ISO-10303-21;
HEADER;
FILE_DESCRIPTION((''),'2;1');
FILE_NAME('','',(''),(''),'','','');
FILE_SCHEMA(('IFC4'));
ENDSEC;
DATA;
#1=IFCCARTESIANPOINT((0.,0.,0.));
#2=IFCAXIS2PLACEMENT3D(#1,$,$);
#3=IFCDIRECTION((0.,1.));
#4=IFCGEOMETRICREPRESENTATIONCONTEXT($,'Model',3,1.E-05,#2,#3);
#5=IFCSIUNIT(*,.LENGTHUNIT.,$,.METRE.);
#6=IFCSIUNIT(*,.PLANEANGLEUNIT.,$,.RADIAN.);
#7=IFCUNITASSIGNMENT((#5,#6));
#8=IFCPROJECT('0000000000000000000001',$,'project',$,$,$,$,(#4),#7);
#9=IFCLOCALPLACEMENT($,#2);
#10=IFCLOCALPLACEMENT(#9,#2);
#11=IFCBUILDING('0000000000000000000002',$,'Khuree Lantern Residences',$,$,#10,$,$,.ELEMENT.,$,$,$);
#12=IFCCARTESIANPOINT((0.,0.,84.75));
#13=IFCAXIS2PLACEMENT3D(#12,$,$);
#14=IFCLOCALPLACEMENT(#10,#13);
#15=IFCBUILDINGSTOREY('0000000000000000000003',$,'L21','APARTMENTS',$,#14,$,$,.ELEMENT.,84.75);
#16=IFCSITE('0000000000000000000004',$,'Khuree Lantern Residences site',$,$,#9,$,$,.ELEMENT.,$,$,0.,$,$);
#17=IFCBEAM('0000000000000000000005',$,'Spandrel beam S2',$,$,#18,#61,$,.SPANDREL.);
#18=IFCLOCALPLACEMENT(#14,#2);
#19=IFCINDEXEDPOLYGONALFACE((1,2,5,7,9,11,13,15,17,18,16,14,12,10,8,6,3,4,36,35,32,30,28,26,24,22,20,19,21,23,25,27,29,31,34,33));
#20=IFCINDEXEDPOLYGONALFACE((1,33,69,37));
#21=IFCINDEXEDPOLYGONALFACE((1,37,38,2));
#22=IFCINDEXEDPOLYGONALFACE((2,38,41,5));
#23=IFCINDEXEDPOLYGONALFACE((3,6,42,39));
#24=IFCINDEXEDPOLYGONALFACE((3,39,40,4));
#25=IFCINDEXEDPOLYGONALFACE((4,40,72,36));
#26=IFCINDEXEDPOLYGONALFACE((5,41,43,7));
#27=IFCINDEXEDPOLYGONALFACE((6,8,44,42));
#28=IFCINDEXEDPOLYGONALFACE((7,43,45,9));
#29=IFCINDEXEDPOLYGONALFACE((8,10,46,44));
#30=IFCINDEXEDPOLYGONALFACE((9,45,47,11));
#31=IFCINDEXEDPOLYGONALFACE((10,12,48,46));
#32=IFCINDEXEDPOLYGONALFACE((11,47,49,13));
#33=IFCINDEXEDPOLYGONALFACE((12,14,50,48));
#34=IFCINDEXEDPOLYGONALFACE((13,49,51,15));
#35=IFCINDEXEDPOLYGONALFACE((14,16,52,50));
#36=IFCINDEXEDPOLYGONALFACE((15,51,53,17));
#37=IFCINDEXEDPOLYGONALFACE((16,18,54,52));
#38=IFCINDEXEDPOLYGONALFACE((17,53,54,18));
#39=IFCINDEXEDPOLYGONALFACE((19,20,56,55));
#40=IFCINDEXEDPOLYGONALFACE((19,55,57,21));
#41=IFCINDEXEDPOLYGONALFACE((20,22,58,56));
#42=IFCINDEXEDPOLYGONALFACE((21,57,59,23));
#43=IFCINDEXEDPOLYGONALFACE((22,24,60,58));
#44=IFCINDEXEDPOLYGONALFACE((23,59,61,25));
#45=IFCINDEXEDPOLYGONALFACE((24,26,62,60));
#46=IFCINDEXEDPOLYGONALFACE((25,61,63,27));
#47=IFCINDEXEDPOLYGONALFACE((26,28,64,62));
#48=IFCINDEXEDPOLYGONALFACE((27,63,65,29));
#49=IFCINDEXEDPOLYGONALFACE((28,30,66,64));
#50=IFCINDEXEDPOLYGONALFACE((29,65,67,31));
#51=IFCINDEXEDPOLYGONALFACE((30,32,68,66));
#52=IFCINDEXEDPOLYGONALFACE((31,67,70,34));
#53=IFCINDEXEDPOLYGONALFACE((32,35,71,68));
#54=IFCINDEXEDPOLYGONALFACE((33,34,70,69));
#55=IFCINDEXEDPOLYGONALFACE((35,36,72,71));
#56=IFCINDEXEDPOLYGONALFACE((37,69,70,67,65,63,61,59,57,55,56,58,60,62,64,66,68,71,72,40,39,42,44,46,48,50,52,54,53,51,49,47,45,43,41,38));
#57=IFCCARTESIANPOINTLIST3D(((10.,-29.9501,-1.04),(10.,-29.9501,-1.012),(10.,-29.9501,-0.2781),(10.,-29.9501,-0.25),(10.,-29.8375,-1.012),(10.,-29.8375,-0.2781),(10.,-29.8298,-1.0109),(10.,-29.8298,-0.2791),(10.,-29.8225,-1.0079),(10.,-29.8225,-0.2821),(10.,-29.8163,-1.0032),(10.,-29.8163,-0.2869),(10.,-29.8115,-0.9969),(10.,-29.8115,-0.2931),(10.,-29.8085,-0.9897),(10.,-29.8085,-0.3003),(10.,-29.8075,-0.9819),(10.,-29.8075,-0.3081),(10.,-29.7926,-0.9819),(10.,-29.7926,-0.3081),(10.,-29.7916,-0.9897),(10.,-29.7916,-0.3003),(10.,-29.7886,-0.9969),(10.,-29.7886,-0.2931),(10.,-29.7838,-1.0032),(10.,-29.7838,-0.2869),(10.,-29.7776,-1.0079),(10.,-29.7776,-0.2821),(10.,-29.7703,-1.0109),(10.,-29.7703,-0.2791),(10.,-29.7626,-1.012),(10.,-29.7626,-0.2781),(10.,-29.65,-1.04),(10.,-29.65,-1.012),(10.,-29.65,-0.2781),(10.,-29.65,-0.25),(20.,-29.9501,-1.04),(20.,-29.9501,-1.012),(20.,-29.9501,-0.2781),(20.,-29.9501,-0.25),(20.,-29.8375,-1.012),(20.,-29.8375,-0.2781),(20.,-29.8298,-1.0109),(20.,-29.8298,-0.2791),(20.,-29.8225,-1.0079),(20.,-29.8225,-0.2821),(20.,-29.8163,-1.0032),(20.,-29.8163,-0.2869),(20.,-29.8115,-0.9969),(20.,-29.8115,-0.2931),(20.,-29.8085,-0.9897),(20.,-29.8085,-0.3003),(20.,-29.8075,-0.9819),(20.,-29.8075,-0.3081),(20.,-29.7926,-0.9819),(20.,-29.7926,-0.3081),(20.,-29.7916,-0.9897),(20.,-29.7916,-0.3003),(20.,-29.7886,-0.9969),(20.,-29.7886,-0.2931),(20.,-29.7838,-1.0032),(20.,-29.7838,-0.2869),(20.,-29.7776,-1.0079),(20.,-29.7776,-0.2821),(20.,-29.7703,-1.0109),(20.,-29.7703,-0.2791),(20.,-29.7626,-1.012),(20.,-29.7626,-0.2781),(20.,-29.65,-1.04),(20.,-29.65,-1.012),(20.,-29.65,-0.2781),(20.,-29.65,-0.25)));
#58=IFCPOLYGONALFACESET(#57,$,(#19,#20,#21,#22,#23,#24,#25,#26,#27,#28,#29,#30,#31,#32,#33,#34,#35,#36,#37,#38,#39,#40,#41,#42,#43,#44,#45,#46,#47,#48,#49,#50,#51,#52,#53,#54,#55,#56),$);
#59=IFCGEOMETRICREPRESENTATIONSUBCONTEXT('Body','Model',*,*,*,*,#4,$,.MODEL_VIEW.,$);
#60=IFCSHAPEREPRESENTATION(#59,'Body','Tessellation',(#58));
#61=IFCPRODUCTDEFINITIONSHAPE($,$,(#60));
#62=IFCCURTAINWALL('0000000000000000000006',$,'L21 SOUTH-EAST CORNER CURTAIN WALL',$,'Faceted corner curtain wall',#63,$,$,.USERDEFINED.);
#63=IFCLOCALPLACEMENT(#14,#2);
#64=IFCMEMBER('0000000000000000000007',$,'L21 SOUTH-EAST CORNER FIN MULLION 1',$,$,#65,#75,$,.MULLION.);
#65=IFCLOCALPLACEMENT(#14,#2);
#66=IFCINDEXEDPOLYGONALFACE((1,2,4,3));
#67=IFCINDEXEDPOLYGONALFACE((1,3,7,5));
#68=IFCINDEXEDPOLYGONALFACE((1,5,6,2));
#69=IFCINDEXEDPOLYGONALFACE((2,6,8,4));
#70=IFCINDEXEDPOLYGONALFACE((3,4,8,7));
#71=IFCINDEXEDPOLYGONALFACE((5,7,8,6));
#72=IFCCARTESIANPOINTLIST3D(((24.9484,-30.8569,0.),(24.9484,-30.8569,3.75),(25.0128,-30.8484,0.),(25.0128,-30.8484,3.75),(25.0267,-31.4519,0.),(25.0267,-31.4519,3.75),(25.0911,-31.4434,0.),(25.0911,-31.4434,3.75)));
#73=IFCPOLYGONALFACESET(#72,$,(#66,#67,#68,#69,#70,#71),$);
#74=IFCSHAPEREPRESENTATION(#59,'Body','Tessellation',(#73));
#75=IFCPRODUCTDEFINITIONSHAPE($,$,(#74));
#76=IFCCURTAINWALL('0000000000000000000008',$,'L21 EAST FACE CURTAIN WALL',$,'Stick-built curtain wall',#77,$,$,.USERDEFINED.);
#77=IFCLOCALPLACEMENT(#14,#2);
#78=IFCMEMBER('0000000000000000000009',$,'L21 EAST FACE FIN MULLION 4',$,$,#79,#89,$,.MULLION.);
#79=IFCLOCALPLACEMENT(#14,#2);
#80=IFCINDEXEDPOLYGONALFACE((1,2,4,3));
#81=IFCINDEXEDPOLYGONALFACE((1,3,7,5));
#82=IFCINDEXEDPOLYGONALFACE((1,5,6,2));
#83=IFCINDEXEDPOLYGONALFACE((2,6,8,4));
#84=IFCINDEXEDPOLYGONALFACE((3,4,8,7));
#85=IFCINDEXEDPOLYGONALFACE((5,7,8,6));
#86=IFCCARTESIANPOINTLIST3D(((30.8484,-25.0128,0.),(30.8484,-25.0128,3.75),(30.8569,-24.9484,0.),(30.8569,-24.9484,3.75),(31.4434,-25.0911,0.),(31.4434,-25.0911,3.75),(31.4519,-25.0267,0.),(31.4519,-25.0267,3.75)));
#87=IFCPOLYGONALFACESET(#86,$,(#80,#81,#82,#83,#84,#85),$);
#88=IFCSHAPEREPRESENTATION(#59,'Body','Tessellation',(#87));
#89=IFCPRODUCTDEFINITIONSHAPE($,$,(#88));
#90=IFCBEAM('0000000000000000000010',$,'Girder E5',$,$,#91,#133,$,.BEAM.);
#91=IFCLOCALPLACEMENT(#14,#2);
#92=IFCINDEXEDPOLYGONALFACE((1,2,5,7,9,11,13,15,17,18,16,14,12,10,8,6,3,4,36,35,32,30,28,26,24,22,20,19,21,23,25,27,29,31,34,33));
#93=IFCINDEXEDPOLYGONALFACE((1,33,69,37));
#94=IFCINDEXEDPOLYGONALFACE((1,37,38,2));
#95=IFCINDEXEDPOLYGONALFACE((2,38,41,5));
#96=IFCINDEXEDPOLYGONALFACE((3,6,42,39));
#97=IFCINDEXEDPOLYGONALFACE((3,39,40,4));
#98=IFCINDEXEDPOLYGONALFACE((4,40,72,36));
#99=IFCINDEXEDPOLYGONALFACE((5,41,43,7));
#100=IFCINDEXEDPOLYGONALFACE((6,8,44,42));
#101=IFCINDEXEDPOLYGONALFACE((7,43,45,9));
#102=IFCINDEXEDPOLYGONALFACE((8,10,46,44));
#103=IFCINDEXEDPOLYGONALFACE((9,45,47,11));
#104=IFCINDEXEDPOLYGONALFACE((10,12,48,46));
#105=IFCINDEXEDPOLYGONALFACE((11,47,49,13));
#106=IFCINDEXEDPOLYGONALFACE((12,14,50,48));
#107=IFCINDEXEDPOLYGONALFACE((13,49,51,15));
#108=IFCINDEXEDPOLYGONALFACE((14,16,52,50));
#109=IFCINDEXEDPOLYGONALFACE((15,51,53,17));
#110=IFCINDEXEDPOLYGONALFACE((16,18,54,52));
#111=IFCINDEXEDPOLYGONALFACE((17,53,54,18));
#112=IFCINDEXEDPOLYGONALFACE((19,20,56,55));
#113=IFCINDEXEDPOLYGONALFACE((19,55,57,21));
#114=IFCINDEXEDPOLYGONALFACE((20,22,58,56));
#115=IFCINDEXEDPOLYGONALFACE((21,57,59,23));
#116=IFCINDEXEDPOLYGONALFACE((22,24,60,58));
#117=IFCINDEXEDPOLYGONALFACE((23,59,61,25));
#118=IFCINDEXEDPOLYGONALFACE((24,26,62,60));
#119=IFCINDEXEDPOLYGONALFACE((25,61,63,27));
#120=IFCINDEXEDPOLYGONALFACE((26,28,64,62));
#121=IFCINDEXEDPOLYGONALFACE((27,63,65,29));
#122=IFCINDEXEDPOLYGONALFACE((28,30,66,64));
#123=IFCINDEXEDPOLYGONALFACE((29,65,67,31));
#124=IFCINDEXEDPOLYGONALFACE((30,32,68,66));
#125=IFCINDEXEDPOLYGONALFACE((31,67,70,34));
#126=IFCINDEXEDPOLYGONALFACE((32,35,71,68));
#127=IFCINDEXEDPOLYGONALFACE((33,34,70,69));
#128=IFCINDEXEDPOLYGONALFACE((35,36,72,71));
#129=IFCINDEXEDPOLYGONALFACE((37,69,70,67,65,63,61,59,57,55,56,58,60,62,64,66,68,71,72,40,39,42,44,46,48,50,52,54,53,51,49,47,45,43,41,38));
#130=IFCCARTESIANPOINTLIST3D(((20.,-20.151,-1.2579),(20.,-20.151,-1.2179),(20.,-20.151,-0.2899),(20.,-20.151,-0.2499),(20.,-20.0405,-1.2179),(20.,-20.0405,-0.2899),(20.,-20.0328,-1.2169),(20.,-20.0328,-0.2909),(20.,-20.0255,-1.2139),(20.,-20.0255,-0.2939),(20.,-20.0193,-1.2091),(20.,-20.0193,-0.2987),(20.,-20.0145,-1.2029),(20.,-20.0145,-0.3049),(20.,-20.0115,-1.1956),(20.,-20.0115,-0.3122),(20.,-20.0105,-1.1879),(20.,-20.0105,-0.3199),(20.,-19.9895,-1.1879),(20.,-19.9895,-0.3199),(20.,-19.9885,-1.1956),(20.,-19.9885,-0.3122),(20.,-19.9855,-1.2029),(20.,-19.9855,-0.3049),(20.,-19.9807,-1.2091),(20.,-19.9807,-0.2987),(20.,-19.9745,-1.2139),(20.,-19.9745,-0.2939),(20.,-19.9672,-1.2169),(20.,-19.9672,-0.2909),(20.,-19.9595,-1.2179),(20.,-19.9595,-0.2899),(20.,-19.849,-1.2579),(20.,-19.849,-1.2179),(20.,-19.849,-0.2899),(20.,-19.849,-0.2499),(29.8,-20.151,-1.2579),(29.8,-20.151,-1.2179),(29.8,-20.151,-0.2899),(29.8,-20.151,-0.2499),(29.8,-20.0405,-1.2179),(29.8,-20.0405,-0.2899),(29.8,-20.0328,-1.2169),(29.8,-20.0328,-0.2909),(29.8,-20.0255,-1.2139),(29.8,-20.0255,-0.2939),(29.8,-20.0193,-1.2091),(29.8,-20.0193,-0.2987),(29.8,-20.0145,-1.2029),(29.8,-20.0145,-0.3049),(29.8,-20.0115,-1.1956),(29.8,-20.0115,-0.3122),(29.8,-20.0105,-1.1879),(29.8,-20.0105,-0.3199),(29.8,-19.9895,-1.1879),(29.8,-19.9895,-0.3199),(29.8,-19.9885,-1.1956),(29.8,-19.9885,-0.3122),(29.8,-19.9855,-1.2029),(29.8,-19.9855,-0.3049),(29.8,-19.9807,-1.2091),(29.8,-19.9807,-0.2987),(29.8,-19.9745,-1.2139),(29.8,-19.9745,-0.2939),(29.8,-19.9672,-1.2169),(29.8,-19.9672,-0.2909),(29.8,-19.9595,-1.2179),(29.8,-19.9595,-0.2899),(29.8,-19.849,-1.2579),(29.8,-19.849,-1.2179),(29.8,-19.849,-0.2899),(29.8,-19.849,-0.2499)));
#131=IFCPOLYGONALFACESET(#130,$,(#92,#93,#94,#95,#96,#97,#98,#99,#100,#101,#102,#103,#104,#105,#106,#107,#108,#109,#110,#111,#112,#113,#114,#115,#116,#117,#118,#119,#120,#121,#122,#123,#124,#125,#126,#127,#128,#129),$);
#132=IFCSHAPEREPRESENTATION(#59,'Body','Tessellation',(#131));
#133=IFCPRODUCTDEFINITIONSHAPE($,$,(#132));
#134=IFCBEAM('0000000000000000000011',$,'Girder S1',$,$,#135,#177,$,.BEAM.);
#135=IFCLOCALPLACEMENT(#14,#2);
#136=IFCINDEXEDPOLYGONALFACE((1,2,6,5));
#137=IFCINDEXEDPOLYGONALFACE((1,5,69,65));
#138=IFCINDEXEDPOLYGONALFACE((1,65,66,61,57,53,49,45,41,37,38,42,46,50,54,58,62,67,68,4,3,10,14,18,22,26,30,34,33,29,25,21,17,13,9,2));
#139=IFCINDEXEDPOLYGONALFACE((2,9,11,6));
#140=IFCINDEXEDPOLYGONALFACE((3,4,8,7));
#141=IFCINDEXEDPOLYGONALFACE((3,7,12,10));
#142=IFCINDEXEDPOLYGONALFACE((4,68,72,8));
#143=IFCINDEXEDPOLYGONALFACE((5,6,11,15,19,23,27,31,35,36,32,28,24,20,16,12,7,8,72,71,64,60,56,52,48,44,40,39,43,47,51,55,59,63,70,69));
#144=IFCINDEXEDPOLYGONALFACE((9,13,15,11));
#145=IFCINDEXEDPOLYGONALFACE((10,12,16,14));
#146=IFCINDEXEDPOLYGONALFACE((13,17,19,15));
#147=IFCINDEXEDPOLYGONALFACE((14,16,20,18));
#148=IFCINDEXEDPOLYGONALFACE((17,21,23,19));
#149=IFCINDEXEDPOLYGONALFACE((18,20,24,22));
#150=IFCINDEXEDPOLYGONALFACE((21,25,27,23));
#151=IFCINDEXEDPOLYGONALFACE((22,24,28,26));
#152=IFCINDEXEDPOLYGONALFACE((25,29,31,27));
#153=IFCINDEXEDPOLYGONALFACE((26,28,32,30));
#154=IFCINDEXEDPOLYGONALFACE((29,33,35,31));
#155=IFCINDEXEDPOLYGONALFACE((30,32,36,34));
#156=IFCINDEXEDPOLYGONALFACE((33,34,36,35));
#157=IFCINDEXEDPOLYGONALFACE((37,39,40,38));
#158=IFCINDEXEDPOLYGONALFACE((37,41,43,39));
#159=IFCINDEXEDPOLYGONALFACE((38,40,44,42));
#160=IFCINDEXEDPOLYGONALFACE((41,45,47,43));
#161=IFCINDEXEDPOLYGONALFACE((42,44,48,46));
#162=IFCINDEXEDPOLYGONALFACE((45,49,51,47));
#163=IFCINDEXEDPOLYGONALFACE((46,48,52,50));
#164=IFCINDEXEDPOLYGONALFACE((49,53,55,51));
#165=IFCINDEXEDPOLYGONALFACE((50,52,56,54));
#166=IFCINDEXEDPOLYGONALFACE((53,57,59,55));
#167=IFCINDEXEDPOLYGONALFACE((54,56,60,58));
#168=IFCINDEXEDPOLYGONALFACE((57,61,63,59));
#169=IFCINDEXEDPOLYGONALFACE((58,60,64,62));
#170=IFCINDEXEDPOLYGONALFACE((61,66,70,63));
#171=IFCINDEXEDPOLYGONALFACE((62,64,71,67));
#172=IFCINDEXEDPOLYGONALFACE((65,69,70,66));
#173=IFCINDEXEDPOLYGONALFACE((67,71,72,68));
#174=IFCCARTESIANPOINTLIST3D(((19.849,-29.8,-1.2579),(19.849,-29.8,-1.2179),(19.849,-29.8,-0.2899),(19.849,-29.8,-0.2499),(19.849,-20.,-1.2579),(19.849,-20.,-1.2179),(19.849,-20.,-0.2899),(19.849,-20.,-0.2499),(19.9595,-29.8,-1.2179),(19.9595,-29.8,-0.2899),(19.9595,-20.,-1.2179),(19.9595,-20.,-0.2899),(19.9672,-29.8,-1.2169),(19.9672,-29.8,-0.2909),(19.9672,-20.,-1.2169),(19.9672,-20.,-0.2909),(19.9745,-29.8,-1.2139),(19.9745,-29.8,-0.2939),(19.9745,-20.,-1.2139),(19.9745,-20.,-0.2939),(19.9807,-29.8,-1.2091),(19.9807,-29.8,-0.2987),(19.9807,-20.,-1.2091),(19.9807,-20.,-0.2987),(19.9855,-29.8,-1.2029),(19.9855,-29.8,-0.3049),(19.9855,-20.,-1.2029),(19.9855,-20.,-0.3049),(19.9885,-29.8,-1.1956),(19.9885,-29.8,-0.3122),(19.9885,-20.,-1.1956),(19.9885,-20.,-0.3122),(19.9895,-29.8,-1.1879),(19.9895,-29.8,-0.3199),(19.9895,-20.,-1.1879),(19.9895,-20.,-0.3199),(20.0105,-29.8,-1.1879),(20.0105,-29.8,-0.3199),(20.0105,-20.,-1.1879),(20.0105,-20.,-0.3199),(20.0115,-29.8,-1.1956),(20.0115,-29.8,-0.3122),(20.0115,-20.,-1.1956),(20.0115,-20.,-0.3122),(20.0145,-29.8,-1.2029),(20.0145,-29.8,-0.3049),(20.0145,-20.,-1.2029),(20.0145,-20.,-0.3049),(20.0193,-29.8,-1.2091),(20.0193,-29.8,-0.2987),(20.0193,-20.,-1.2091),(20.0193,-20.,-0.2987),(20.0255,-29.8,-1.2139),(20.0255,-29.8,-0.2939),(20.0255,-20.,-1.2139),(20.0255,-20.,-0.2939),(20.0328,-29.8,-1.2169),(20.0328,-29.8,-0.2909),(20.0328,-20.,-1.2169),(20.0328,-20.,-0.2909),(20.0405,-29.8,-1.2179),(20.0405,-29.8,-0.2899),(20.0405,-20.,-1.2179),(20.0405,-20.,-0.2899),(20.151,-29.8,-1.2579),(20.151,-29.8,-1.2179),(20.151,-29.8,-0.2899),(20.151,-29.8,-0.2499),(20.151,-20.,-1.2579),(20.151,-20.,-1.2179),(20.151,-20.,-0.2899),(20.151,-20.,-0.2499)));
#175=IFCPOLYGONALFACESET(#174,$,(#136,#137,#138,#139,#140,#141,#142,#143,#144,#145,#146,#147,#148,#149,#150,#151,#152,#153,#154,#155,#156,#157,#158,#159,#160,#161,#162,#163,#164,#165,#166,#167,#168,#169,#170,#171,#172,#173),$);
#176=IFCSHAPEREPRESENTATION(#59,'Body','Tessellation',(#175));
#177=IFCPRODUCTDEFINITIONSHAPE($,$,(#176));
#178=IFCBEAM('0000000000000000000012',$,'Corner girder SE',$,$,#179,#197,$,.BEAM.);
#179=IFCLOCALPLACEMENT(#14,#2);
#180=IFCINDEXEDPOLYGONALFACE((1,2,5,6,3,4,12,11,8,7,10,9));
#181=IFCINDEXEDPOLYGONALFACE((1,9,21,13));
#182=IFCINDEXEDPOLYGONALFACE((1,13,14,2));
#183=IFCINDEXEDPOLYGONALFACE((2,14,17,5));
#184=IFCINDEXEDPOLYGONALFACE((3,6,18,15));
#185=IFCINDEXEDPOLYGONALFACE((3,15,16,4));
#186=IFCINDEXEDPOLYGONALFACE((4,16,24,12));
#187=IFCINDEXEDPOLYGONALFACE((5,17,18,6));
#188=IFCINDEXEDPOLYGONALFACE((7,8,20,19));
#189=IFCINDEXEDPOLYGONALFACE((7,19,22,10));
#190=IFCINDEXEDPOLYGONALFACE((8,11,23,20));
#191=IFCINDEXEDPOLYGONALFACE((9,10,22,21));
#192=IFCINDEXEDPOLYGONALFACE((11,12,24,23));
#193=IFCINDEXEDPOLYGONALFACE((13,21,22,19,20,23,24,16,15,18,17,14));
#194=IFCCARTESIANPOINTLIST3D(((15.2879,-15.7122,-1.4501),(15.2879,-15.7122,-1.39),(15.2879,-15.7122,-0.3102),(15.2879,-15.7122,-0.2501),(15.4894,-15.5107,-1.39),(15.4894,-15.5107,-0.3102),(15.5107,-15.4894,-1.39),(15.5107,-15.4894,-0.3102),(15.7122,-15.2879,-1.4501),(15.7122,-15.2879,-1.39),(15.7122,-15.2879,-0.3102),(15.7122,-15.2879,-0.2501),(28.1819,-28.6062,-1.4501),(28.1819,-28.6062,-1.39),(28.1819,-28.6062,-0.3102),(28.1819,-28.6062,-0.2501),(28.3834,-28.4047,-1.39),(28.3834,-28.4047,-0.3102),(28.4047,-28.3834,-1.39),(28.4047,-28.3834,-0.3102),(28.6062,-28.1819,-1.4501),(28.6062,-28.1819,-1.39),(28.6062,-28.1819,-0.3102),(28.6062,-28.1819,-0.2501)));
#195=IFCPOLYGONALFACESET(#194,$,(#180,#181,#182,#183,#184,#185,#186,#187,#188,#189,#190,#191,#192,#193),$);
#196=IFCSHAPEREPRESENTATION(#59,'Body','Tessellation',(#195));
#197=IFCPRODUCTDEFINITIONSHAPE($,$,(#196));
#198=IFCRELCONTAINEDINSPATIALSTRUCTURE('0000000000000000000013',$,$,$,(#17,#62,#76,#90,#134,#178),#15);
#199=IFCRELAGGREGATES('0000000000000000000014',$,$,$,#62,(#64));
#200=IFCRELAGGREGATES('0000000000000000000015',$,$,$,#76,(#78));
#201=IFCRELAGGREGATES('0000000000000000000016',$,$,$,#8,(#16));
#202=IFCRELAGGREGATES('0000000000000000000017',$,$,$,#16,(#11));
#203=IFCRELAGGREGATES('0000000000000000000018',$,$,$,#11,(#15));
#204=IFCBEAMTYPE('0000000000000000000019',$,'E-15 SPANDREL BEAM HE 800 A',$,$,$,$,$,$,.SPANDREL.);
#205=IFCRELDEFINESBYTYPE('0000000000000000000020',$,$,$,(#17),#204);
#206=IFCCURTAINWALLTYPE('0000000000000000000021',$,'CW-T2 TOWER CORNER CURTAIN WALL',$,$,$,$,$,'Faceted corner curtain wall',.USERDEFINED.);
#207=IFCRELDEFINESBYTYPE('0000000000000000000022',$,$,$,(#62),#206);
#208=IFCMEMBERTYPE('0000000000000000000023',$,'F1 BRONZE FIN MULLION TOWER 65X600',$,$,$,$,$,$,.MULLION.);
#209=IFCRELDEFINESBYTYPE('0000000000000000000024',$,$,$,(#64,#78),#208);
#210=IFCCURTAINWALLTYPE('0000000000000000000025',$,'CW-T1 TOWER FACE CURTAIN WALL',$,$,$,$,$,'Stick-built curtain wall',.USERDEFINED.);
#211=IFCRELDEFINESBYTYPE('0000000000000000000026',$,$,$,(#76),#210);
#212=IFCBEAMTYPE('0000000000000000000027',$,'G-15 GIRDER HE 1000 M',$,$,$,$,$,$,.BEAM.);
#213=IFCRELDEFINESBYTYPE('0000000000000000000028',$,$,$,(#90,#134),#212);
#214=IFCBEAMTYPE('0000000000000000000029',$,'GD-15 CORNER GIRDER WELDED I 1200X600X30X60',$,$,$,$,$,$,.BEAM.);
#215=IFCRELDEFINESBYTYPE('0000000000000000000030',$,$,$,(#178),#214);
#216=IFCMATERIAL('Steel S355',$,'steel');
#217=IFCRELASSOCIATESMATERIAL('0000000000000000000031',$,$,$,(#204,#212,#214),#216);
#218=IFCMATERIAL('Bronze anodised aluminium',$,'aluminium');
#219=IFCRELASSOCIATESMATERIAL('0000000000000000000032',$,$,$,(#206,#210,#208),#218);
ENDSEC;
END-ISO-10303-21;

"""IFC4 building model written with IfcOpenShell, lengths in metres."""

from ifc_helpers import new_model, si_unit, direction, frame, origin, origin_2d, place, context, subcontext, project, spatial, rectangle, i_section, extrude, material, material_profile, profile_set, type_object, element, aggregate, save


model = new_model("IFC4")

# Units and contexts
model_context = context("Model", 3, precision=1e-05, world=origin(), true_north=direction((0.0, 1.0)))
body_context = subcontext(model_context, "Body", "Model", "MODEL_VIEW")
ifc_project = project(units=[si_unit("LENGTHUNIT", "METRE"), si_unit("PLANEANGLEUNIT", "RADIAN")], contexts=[model_context])

# Site, building, storey
site_placement = place(None, origin())
site = spatial("IfcSite", under=ifc_project, at=site_placement, Name="Khuree Lantern Residences site", CompositionType="ELEMENT", RefElevation=0.0)
building_placement = place(site_placement, origin())
building = spatial("IfcBuilding", under=site, at=building_placement, Name="Khuree Lantern Residences", CompositionType="ELEMENT")
storey_placement = place(building_placement, frame((0.0, 0.0, 84.75)))
storey = spatial("IfcBuildingStorey", under=building, at=storey_placement, Name="L21", Description="APARTMENTS", CompositionType="ELEMENT", Elevation=84.75)

# Beam
ifc_material_1 = material(Name="Steel S355", Category="steel")
ifc_material_profile_1 = material_profile(ifc_material_1, i_section(OverallWidth=0.3, OverallDepth=0.79, WebThickness=0.0149, FlangeThickness=0.0281, FilletRadius=0.03, at=origin_2d()), Name="HE 800 A")
ifc_profile_set_1 = profile_set([ifc_material_profile_1], Name="Steel S355")
beam_type_1 = type_object("IfcBeamType", Name="E-15 SPANDREL BEAM HE 800 A", PredefinedType="SPANDREL", material=ifc_profile_set_1)
beam_1_placement = place(storey_placement, frame((20.0, -29.8, -0.645), z_axis=(-1.0, 0.0, 0.0), x_axis=(0.0, -1.0, 0.0)))
element("IfcBeam", 1, at=beam_1_placement, inside=storey, type_object=beam_type_1, Name="Spandrel beam S2", PredefinedType="SPANDREL", context=body_context, shape_type="SweptSolid", body=[
    extrude(i_section(OverallWidth=0.3, OverallDepth=0.79, WebThickness=0.0149, FlangeThickness=0.0281, FilletRadius=0.03, at=origin_2d()), origin(), (0.0, 0.0, 1.0), 10.0),
])

# Curtain walls, members
ifc_material_2 = material(Name="Bronze anodised aluminium", Category="aluminium")
curtain_wall_type_1 = type_object("IfcCurtainWallType", Name="CW-T2 TOWER CORNER CURTAIN WALL", ElementType="Faceted corner curtain wall", PredefinedType="USERDEFINED", material=ifc_material_2)
curtain_wall_1_placement = place(storey_placement, origin())
curtain_wall_1 = element("IfcCurtainWall", 2, at=curtain_wall_1_placement, inside=storey, type_object=curtain_wall_type_1, Name="L21 SOUTH-EAST CORNER CURTAIN WALL", ObjectType="Faceted corner curtain wall", PredefinedType="USERDEFINED")
ifc_material_profile_2 = material_profile(ifc_material_2, rectangle(XDim=0.0649, YDim=0.6001, at=origin_2d()), Name="F1 65X600")
ifc_profile_set_2 = profile_set([ifc_material_profile_2], Name="Bronze anodised aluminium")
member_type_1 = type_object("IfcMemberType", Name="F1 BRONZE FIN MULLION TOWER 65X600", PredefinedType="MULLION", material=ifc_profile_set_2)
member_1_placement = place(storey_placement, frame((25.0198, -31.1501, 0.0), z_axis=(0.0, 0.0, 1.0), x_axis=(0.991445, 0.130526, 0.0)))
member_1 = element("IfcMember", 3, at=member_1_placement, type_object=member_type_1, Name="L21 SOUTH-EAST CORNER FIN MULLION 1", PredefinedType="MULLION", context=body_context, shape_type="SweptSolid", body=[
    extrude(rectangle(XDim=0.0649, YDim=0.6001, at=origin_2d()), origin(), (0.0, 0.0, 1.0), 3.75),
])
curtain_wall_type_2 = type_object("IfcCurtainWallType", Name="CW-T1 TOWER FACE CURTAIN WALL", ElementType="Stick-built curtain wall", PredefinedType="USERDEFINED", material=ifc_material_2)
curtain_wall_2_placement = place(storey_placement, origin())
curtain_wall_2 = element("IfcCurtainWall", 4, at=curtain_wall_2_placement, inside=storey, type_object=curtain_wall_type_2, Name="L21 EAST FACE CURTAIN WALL", ObjectType="Stick-built curtain wall", PredefinedType="USERDEFINED")
member_2_placement = place(storey_placement, frame((31.1501, -25.0198, 0.0), z_axis=(0.0, 0.0, 1.0), x_axis=(0.130526, 0.991445, 0.0)))
member_2 = element("IfcMember", 5, at=member_2_placement, type_object=member_type_1, Name="L21 EAST FACE FIN MULLION 4", PredefinedType="MULLION", context=body_context, shape_type="SweptSolid", body=[
    extrude(rectangle(XDim=0.0649, YDim=0.6001, at=origin_2d()), origin(), (0.0, 0.0, 1.0), 3.75),
])

# Beams
ifc_material_profile_3 = material_profile(ifc_material_1, i_section(OverallWidth=0.302, OverallDepth=1.0081, WebThickness=0.021, FlangeThickness=0.04, FilletRadius=0.03, at=origin_2d()), Name="HE 1000 M")
ifc_profile_set_3 = profile_set([ifc_material_profile_3], Name="Steel S355")
beam_type_2 = type_object("IfcBeamType", Name="G-15 GIRDER HE 1000 M", PredefinedType="BEAM", material=ifc_profile_set_3)
for number, where, z_axis, x_axis, name in (
    (6, (29.8, -20.0, -0.7539), (-1.0, 0.0, 0.0), (0.0, -1.0, 0.0), "Girder E5"),
    (7, (20.0, -29.8, -0.7539), (0.0, 1.0, 0.0), (-1.0, 0.0, 0.0), "Girder S1"),
):
    element("IfcBeam", number, at=place(storey_placement, frame(where, z_axis=z_axis, x_axis=x_axis)), inside=storey, type_object=beam_type_2, Name=name, PredefinedType="BEAM", context=body_context, shape_type="SweptSolid", body=[
        extrude(i_section(OverallWidth=0.302, OverallDepth=1.0081, WebThickness=0.021, FlangeThickness=0.04, FilletRadius=0.03, at=origin_2d()), origin(), (0.0, 0.0, 1.0), 9.8),
    ])
ifc_material_profile_4 = material_profile(ifc_material_1, i_section(OverallWidth=0.6001, OverallDepth=1.2, WebThickness=0.03, FlangeThickness=0.0601, at=origin_2d()), Name="WELDED I 1200X600X30X60")
ifc_profile_set_4 = profile_set([ifc_material_profile_4], Name="Steel S355")
beam_type_3 = type_object("IfcBeamType", Name="GD-15 CORNER GIRDER WELDED I 1200X600X30X60", PredefinedType="BEAM", material=ifc_profile_set_4)
beam_2_placement = place(storey_placement, frame((28.394, -28.394, -0.8501), z_axis=(-0.707107, 0.707107, 0.0), x_axis=(-0.707107, -0.707107, 0.0)))
element("IfcBeam", 8, at=beam_2_placement, inside=storey, type_object=beam_type_3, Name="Corner girder SE", PredefinedType="BEAM", context=body_context, shape_type="SweptSolid", body=[
    extrude(i_section(OverallWidth=0.6001, OverallDepth=1.2, WebThickness=0.03, FlangeThickness=0.0601, at=origin_2d()), origin(), (0.0, 0.0, 1.0), 18.2349),
])

aggregate(curtain_wall_1, [member_1])
aggregate(curtain_wall_2, [member_2])

save(model, "model.ifc")
